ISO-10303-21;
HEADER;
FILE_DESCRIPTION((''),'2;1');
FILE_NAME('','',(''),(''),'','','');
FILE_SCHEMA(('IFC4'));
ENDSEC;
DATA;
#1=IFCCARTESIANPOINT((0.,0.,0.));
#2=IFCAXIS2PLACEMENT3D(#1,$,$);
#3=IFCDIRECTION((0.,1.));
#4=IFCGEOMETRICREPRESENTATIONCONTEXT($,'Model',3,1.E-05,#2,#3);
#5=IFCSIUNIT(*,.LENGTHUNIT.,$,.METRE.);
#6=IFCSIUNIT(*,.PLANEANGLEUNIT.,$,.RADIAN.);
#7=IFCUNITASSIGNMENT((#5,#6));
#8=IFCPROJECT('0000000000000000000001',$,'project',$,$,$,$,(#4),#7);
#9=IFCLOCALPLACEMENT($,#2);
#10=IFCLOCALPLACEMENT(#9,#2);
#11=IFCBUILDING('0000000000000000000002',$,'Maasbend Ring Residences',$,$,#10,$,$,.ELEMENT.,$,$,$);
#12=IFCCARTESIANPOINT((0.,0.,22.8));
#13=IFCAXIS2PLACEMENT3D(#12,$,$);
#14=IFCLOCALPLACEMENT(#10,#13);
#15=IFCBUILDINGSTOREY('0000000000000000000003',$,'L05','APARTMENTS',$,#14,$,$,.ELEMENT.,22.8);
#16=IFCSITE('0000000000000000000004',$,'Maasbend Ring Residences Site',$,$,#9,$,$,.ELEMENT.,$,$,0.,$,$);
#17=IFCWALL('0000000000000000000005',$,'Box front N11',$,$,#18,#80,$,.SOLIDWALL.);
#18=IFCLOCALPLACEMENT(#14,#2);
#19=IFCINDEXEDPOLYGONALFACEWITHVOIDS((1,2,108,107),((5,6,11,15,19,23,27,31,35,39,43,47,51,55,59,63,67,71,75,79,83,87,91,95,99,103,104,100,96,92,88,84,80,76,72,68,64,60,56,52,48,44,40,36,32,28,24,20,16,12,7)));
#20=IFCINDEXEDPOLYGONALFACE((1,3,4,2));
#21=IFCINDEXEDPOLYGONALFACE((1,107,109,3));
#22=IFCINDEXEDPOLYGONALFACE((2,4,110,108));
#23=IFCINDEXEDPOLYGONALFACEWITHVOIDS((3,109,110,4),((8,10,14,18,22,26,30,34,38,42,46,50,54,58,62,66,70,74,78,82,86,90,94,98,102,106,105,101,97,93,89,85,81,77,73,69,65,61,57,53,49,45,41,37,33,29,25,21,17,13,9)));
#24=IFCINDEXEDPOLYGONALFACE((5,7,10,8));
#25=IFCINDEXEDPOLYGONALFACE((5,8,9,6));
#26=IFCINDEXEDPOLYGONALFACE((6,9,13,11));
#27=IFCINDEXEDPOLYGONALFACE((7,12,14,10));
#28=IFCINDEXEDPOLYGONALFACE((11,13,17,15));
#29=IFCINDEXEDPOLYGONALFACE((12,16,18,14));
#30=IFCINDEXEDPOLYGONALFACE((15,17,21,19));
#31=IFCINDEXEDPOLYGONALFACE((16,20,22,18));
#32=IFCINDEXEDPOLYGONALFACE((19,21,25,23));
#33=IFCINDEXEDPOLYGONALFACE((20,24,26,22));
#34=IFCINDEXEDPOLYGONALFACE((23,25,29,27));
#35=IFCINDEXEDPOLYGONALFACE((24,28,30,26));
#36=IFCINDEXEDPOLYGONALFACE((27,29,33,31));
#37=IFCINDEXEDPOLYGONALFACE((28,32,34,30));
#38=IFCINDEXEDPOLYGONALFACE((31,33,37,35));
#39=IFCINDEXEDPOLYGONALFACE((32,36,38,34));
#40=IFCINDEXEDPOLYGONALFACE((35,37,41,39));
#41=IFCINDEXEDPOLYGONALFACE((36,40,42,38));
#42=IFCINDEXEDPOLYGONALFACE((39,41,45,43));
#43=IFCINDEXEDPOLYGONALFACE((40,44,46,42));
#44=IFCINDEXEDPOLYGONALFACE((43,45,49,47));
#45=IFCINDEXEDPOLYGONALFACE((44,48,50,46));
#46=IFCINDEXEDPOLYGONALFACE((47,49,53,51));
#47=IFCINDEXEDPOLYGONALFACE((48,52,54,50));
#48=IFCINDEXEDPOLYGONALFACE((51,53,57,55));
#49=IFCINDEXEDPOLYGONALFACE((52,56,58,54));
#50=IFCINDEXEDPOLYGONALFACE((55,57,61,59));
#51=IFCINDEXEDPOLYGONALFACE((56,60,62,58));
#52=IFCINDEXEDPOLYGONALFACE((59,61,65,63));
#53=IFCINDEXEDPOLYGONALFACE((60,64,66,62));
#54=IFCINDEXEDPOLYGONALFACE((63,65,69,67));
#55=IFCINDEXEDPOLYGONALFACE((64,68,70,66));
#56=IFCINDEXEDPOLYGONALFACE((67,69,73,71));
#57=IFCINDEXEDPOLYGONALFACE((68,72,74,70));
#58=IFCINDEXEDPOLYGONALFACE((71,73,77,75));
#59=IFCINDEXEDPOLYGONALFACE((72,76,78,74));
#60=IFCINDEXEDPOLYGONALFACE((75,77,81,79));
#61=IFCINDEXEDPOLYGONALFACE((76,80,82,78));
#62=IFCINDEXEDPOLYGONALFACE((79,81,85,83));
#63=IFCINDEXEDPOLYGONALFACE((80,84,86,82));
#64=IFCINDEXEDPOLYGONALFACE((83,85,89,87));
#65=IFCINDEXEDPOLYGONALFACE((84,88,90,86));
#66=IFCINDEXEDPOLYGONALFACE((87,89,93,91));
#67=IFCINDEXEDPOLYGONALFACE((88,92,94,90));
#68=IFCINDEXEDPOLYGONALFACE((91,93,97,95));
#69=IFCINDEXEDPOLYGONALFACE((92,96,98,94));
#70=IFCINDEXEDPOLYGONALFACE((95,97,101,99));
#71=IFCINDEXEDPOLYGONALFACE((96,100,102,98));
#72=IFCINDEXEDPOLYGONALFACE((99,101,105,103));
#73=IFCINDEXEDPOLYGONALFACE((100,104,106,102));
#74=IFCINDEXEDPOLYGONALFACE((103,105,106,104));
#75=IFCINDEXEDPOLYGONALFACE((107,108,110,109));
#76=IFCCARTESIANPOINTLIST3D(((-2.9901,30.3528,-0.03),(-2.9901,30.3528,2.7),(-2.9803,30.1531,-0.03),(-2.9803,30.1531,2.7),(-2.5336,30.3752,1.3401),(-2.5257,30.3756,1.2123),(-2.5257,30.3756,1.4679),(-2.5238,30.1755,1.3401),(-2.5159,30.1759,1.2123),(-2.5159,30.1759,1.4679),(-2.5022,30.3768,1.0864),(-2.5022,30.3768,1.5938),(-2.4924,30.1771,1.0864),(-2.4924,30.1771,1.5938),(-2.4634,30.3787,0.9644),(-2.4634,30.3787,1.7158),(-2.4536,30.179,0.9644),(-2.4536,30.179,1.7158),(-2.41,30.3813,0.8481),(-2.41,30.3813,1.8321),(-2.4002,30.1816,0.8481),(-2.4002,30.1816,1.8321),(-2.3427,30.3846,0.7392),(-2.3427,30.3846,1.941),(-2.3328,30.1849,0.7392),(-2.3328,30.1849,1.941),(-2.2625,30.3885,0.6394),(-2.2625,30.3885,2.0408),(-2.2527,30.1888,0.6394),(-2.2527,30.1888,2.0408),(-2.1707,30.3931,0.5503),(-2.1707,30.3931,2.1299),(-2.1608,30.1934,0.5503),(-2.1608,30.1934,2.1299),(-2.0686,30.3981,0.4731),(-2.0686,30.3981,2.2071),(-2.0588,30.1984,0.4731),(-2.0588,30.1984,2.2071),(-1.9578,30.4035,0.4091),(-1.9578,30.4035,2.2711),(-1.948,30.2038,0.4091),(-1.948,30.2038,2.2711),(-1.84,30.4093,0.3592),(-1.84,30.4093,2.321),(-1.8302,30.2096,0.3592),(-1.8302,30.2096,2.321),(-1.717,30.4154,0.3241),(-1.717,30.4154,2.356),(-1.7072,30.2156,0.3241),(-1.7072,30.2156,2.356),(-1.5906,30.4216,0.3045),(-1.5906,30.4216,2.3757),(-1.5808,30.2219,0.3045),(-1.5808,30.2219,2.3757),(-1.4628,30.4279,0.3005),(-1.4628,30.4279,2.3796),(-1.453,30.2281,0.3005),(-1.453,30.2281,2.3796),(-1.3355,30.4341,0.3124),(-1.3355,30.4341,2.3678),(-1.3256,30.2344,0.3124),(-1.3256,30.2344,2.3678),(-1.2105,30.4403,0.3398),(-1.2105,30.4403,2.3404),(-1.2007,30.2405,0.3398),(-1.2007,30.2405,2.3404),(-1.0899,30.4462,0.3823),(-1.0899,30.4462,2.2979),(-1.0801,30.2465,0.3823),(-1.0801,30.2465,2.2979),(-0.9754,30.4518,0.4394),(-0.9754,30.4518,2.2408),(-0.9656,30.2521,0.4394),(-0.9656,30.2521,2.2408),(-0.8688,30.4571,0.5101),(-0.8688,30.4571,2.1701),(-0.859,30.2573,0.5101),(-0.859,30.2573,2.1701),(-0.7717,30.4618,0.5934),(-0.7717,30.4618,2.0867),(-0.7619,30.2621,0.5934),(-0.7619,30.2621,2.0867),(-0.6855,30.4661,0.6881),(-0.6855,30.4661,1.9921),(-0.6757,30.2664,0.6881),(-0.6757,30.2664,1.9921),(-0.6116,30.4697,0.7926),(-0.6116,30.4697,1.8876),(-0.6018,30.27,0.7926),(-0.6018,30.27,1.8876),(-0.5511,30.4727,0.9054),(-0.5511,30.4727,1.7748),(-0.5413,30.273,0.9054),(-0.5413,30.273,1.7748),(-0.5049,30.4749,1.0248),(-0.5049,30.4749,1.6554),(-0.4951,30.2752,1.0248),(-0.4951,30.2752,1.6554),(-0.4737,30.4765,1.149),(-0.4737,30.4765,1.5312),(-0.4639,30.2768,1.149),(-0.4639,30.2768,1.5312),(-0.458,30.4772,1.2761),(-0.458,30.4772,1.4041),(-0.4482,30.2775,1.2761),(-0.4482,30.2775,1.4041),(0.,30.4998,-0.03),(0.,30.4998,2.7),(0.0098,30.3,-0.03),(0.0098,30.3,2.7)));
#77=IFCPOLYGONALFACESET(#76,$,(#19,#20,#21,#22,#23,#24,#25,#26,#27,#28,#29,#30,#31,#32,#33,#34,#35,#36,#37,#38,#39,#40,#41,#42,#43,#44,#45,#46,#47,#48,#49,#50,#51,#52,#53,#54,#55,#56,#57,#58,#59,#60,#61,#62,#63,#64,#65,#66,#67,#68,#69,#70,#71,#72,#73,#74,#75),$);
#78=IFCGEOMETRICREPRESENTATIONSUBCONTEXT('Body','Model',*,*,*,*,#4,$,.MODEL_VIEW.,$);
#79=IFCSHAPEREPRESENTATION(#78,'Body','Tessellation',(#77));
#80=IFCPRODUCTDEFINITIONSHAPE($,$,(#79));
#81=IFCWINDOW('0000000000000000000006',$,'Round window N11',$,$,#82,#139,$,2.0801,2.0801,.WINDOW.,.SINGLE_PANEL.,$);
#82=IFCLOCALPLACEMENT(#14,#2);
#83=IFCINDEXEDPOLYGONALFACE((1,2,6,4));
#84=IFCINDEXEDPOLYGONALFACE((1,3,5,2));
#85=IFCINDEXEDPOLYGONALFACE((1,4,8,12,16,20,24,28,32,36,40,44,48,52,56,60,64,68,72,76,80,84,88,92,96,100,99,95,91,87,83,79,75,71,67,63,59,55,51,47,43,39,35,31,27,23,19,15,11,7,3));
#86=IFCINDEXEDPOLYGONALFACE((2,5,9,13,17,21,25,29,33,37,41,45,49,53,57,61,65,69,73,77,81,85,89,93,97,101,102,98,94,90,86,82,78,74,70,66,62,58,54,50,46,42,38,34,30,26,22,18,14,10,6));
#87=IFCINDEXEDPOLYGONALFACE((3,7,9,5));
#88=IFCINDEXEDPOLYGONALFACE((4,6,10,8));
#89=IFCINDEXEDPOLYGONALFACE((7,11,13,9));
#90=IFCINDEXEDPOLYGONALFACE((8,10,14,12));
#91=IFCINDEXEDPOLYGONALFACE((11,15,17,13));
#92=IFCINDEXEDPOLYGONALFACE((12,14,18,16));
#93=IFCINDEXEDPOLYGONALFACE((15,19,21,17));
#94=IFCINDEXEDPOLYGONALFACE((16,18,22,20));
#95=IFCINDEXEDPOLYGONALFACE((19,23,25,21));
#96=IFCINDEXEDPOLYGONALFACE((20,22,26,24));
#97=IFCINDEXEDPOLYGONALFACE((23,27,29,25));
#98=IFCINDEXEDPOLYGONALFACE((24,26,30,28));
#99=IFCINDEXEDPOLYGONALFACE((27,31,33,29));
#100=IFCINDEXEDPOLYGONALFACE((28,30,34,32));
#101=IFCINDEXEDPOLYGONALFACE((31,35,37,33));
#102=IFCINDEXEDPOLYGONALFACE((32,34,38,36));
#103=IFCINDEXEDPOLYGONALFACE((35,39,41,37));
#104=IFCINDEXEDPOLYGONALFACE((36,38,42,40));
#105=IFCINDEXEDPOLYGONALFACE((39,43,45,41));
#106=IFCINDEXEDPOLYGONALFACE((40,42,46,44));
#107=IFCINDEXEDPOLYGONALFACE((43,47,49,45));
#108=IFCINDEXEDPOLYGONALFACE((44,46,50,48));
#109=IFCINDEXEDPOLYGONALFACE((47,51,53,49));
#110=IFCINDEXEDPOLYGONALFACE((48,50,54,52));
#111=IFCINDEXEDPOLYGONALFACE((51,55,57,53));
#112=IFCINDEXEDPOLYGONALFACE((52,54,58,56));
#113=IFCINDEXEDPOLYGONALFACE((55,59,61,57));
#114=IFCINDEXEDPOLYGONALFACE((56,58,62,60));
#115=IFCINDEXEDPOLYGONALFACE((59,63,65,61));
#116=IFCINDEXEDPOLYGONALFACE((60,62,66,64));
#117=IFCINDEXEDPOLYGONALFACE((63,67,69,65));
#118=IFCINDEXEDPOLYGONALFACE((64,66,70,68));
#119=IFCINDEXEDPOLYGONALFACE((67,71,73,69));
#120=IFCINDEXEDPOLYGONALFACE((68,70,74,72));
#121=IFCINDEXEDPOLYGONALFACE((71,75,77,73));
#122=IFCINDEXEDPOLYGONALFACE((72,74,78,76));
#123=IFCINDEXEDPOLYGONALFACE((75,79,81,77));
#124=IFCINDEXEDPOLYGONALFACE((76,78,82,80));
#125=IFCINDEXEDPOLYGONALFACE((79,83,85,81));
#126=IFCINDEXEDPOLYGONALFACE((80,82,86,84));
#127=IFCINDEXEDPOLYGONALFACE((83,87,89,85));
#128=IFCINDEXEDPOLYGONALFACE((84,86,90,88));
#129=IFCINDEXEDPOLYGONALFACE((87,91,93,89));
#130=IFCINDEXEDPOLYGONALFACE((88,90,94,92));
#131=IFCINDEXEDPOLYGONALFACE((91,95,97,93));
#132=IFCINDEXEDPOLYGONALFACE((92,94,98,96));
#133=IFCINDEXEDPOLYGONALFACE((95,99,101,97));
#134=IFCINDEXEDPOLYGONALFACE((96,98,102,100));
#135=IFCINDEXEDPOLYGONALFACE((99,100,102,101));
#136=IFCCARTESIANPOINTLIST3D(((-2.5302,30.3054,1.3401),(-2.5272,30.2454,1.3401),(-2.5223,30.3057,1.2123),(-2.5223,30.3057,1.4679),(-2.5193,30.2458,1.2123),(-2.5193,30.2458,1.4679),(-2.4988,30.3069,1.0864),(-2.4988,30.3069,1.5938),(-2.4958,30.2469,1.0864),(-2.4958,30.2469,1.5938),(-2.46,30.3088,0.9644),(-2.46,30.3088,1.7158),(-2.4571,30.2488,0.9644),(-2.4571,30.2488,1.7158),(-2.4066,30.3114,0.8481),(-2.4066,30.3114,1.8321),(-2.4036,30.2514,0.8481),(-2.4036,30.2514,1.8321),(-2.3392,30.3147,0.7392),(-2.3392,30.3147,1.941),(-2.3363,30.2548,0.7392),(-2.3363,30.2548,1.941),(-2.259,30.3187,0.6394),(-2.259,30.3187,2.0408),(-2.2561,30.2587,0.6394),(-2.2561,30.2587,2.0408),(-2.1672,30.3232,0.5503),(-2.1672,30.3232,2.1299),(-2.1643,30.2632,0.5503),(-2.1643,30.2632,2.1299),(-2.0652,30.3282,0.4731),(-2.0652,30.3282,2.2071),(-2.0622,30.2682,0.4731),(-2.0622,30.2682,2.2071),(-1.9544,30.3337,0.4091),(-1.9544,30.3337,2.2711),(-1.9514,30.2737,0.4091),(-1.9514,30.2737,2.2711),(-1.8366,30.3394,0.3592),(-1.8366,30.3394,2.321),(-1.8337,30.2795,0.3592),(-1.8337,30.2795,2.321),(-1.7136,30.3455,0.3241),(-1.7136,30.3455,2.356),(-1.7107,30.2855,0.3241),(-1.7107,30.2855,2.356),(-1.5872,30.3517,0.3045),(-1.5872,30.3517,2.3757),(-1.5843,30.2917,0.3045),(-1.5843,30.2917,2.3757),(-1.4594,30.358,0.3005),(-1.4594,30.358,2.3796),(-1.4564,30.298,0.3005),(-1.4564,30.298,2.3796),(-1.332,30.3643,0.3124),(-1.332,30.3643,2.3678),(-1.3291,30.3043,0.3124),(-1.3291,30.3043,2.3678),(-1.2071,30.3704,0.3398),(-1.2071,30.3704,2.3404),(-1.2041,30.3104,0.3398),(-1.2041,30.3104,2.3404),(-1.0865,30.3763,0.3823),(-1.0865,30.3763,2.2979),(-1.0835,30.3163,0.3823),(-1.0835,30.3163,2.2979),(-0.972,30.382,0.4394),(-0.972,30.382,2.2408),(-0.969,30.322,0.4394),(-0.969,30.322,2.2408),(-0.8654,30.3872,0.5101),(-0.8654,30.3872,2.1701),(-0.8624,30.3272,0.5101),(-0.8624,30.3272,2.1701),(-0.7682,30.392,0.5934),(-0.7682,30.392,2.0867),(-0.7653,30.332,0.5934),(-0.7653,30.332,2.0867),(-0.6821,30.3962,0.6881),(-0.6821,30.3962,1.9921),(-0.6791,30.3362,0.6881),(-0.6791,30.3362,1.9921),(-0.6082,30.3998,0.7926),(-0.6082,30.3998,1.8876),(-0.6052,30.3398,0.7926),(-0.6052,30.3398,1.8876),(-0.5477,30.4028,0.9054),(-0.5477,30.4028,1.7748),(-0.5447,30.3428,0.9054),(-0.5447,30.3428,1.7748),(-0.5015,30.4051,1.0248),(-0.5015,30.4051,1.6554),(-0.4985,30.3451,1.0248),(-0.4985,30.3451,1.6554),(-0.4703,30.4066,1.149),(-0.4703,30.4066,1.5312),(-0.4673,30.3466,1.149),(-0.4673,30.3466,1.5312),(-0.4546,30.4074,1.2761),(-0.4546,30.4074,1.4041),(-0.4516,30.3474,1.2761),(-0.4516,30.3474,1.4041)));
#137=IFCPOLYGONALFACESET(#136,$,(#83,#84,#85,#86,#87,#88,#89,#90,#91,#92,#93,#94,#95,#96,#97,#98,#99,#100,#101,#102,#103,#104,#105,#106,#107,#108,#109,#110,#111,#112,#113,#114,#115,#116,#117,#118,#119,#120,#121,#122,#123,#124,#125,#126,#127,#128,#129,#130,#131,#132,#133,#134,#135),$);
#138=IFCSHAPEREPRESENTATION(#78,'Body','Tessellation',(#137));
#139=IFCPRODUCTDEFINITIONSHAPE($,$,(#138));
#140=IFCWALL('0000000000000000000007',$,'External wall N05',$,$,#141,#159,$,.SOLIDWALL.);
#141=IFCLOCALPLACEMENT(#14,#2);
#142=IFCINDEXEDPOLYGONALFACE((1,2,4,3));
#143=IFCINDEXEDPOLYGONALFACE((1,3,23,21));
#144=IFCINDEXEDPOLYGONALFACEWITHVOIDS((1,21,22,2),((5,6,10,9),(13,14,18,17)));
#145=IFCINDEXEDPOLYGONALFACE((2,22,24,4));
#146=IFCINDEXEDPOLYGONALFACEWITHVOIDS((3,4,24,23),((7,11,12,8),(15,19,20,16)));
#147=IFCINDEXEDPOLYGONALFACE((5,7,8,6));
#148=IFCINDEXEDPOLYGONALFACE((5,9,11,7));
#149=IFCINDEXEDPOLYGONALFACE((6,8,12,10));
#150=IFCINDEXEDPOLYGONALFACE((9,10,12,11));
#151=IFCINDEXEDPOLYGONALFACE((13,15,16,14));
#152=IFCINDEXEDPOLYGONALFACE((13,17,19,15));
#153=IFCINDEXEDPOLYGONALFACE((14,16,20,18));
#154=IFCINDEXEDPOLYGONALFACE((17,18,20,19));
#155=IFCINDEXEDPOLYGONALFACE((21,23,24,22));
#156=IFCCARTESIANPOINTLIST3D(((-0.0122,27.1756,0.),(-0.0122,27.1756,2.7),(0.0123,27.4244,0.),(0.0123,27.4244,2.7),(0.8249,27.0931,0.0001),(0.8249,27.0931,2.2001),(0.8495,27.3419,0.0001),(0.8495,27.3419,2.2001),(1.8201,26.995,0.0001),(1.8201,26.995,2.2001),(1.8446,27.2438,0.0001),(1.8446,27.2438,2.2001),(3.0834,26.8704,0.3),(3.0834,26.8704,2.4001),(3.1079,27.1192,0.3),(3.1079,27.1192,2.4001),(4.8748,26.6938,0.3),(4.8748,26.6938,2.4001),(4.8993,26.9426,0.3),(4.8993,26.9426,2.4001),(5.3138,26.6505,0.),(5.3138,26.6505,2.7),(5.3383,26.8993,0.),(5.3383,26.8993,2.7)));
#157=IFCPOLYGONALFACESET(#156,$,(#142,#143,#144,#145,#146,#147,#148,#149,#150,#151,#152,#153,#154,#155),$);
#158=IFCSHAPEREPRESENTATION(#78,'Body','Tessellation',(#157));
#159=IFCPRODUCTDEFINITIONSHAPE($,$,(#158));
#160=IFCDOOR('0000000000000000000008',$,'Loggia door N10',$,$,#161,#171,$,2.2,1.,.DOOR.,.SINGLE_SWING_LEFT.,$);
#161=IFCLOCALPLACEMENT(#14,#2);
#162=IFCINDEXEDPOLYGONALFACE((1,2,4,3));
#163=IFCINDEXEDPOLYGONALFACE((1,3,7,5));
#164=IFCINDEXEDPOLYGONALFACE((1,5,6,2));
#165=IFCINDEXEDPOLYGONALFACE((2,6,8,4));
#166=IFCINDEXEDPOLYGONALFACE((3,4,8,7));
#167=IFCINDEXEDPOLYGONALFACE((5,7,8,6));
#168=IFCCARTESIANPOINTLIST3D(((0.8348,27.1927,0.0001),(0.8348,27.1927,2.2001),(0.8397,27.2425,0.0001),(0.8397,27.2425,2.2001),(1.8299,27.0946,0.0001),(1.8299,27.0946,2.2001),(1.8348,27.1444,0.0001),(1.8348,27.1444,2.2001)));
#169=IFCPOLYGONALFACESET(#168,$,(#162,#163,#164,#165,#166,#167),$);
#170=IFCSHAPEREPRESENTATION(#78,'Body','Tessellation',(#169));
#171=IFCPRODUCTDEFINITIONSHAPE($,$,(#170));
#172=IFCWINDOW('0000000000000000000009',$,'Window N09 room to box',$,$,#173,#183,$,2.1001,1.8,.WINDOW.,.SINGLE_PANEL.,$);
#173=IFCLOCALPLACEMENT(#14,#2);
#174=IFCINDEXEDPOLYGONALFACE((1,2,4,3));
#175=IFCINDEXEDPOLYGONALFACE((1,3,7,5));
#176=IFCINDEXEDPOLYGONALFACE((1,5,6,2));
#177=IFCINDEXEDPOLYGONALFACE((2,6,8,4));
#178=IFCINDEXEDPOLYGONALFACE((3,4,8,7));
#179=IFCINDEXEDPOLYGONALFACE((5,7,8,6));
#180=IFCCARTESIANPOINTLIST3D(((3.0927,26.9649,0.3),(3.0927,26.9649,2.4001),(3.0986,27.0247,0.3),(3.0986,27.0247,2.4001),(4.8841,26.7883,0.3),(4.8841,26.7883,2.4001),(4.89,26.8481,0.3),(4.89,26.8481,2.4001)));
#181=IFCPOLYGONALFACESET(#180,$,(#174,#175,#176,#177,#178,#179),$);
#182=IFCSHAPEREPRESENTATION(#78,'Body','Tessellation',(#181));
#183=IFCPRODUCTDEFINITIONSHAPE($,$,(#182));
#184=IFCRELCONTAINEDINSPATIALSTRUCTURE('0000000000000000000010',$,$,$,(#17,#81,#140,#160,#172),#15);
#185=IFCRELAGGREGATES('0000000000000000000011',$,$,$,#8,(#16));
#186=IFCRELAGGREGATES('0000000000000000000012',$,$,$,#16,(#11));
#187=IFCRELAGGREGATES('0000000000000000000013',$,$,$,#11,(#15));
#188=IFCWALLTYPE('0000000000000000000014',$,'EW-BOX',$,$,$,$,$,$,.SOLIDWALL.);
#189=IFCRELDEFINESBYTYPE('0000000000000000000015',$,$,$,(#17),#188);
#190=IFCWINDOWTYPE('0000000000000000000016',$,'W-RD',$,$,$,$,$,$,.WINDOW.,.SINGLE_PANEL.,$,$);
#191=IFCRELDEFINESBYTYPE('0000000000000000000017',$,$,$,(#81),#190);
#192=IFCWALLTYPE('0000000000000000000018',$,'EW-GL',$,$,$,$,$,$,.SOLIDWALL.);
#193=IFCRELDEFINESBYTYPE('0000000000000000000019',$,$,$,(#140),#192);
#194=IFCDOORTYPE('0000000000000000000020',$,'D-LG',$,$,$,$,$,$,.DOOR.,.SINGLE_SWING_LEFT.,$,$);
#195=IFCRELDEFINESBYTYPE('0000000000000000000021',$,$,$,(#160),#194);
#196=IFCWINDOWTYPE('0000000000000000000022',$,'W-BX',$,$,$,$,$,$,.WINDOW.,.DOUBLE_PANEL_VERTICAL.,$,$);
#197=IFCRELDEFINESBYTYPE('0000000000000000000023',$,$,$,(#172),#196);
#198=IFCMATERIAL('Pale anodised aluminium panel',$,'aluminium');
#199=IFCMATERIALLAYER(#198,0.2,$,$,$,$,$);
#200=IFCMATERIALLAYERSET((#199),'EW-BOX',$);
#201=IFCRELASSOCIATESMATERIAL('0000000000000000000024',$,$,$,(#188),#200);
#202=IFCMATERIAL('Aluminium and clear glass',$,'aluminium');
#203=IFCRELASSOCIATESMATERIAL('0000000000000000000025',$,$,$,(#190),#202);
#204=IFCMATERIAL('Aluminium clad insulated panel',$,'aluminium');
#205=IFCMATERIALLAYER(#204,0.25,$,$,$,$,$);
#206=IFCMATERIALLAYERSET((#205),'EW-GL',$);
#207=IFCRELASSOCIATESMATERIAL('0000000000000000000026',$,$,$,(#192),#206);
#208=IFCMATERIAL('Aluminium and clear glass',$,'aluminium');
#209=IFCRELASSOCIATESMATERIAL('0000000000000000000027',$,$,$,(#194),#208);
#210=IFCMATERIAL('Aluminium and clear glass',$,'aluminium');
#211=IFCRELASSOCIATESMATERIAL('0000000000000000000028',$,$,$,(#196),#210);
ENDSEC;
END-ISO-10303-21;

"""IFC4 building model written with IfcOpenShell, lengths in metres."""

from ifc_helpers import new_model, si_unit, direction, frame, frame_2d, origin, place, context, subcontext, project, spatial, rectangle, circle, extrude, material, layer, layer_set, type_object, element, fill, save


model = new_model("IFC4")

# Units and contexts
model_context = context("Model", 3, precision=1e-05, world=origin(), true_north=direction((0.0, 1.0)))
body_context = subcontext(model_context, "Body", "Model", "MODEL_VIEW")
ifc_project = project(units=[si_unit("LENGTHUNIT", "METRE"), si_unit("PLANEANGLEUNIT", "RADIAN")], contexts=[model_context])

# Site, building, storey
site_placement = place(None, origin())
site = spatial("IfcSite", under=ifc_project, at=site_placement, Name="Maasbend Ring Residences Site", CompositionType="ELEMENT", RefElevation=0.0)
building_placement = place(site_placement, origin())
building = spatial("IfcBuilding", under=site, at=building_placement, Name="Maasbend Ring Residences", CompositionType="ELEMENT")
storey_placement = place(building_placement, frame((0.0, 0.0, 22.8)))
storey = spatial("IfcBuildingStorey", under=building, at=storey_placement, Name="L05", Description="APARTMENTS", CompositionType="ELEMENT", Elevation=22.8)

# Shared definitions
ifc_material_1 = material(Name="Pale anodised aluminium panel", Category="aluminium")
ifc_layer_1 = layer(ifc_material_1, 0.2)
ifc_layer_set_1 = layer_set([ifc_layer_1], Name="EW-BOX")
wall_type_1 = type_object("IfcWallType", Name="EW-BOX", PredefinedType="SOLIDWALL", material=ifc_layer_set_1)

# Shared definitions
ifc_material_2 = material(Name="Aluminium and clear glass", Category="aluminium")
window_type_1 = type_object("IfcWindowType", Name="W-RD", PartitioningType="SINGLE_PANEL", PredefinedType="WINDOW", material=ifc_material_2)

# Wall, opening, window
wall_1_placement = place(storey_placement, frame((0.0049, 30.3999, -0.03), z_axis=(0.0, 0.0, 1.0), x_axis=(-0.998794, -0.049096, 0.0)))
wall_1 = element("IfcWall", 1, at=wall_1_placement, inside=storey, type_object=wall_type_1, Name="Box front N11", PredefinedType="SOLIDWALL", context=body_context, shape_type="SweptSolid", body=[
    extrude(rectangle(XDim=2.9937, YDim=0.2, at=frame_2d((1.4968, 0.0))), origin(), (0.0, 0.0, 1.0), 2.73),
])
opening_1_placement = place(wall_1_placement, frame((0.4565, 0.0, 0.3301)))
opening_1 = element("IfcOpeningElement", 2, at=opening_1_placement, cuts=wall_1, PredefinedType="OPENING", context=body_context, shape_type="SweptSolid", body=[
    extrude(circle(Radius=1.04, at=frame_2d((1.04, 1.04))), frame((0.0, 0.1099, 0.0), z_axis=(0.0, -1.0, 0.0), x_axis=(1.0, 0.0, 0.0)), (0.0, 0.0, 1.0), 0.22),
])
window_1_placement = place(opening_1_placement, origin())
window_1 = element("IfcWindow", 3, at=window_1_placement, inside=storey, type_object=window_type_1, Name="Round window N11", OverallHeight=2.0801, OverallWidth=2.0801, PartitioningType="SINGLE_PANEL", PredefinedType="WINDOW", context=body_context, shape_type="SweptSolid", body=[
    extrude(circle(Radius=1.04, at=frame_2d((1.04, 1.04))), frame((0.0, 0.03, 0.0), z_axis=(0.0, -1.0, 0.0), x_axis=(1.0, 0.0, 0.0)), (0.0, 0.0, 1.0), 0.0601),
])
fill(opening_1, window_1)

# Wall, openings, door, window
ifc_material_3 = material(Name="Aluminium clad insulated panel", Category="aluminium")
ifc_layer_2 = layer(ifc_material_3, 0.25)
ifc_layer_set_2 = layer_set([ifc_layer_2], Name="EW-GL")
wall_type_2 = type_object("IfcWallType", Name="EW-GL", PredefinedType="SOLIDWALL", material=ifc_layer_set_2)
wall_2_placement = place(storey_placement, frame((5.3259, 26.7749, 0.0), z_axis=(0.0, 0.0, 1.0), x_axis=(-0.995174, 0.098126, 0.0)))
wall_2 = element("IfcWall", 4, at=wall_2_placement, inside=storey, type_object=wall_type_2, Name="External wall N05", PredefinedType="SOLIDWALL", context=body_context, shape_type="SweptSolid", body=[
    extrude(rectangle(XDim=5.3518, YDim=0.25, at=frame_2d((2.6758, 0.0))), origin(), (0.0, 0.0, 1.0), 2.7),
])
opening_2_placement = place(wall_2_placement, frame((0.4412, 0.0, 0.3)))
opening_2 = element("IfcOpeningElement", 5, at=opening_2_placement, cuts=wall_2, PredefinedType="OPENING", context=body_context, shape_type="SweptSolid", body=[
    extrude(rectangle(XDim=1.8, YDim=2.1001, at=frame_2d((0.8999, 1.05))), frame((0.0, 0.135, 0.0), z_axis=(0.0, -1.0, 0.0), x_axis=(1.0, 0.0, 0.0)), (0.0, 0.0, 1.0), 0.27),
])
opening_3_placement = place(wall_2_placement, frame((3.5105, 0.0, 0.0)))
opening_3 = element("IfcOpeningElement", 6, at=opening_3_placement, cuts=wall_2, PredefinedType="OPENING", context=body_context, shape_type="SweptSolid", body=[
    extrude(rectangle(XDim=1.0, YDim=2.2, at=frame_2d((0.5, 1.1001))), frame((0.0, 0.135, 0.0), z_axis=(0.0, -1.0, 0.0), x_axis=(1.0, 0.0, 0.0)), (0.0, 0.0, 1.0), 0.27),
])
ifc_material_4 = material(Name="Aluminium and clear glass", Category="aluminium")
door_type_1 = type_object("IfcDoorType", Name="D-LG", OperationType="SINGLE_SWING_LEFT", PredefinedType="DOOR", material=ifc_material_4)
door_1_placement = place(opening_3_placement, origin())
door_1 = element("IfcDoor", 7, at=door_1_placement, inside=storey, type_object=door_type_1, Name="Loggia door N10", OperationType="SINGLE_SWING_LEFT", OverallHeight=2.2, OverallWidth=1.0, PredefinedType="DOOR", context=body_context, shape_type="SweptSolid", body=[
    extrude(rectangle(XDim=1.0, YDim=2.2, at=frame_2d((0.5, 1.1001))), frame((0.0, 0.0249, 0.0), z_axis=(0.0, -1.0, 0.0), x_axis=(1.0, 0.0, 0.0)), (0.0, 0.0, 1.0), 0.05),
])
fill(opening_3, door_1)
ifc_material_5 = material(Name="Aluminium and clear glass", Category="aluminium")
window_type_2 = type_object("IfcWindowType", Name="W-BX", PartitioningType="DOUBLE_PANEL_VERTICAL", PredefinedType="WINDOW", material=ifc_material_5)
window_2_placement = place(opening_2_placement, origin())
window_2 = element("IfcWindow", 8, at=window_2_placement, inside=storey, type_object=window_type_2, Name="Window N09 room to box", OverallHeight=2.1001, OverallWidth=1.8, PartitioningType="SINGLE_PANEL", PredefinedType="WINDOW", context=body_context, shape_type="SweptSolid", body=[
    extrude(rectangle(XDim=1.8, YDim=2.1001, at=frame_2d((0.8999, 1.05))), frame((0.0, 0.03, 0.0), z_axis=(0.0, -1.0, 0.0), x_axis=(1.0, 0.0, 0.0)), (0.0, 0.0, 1.0), 0.0601),
])
fill(opening_2, window_2)

save(model, "model.ifc")
